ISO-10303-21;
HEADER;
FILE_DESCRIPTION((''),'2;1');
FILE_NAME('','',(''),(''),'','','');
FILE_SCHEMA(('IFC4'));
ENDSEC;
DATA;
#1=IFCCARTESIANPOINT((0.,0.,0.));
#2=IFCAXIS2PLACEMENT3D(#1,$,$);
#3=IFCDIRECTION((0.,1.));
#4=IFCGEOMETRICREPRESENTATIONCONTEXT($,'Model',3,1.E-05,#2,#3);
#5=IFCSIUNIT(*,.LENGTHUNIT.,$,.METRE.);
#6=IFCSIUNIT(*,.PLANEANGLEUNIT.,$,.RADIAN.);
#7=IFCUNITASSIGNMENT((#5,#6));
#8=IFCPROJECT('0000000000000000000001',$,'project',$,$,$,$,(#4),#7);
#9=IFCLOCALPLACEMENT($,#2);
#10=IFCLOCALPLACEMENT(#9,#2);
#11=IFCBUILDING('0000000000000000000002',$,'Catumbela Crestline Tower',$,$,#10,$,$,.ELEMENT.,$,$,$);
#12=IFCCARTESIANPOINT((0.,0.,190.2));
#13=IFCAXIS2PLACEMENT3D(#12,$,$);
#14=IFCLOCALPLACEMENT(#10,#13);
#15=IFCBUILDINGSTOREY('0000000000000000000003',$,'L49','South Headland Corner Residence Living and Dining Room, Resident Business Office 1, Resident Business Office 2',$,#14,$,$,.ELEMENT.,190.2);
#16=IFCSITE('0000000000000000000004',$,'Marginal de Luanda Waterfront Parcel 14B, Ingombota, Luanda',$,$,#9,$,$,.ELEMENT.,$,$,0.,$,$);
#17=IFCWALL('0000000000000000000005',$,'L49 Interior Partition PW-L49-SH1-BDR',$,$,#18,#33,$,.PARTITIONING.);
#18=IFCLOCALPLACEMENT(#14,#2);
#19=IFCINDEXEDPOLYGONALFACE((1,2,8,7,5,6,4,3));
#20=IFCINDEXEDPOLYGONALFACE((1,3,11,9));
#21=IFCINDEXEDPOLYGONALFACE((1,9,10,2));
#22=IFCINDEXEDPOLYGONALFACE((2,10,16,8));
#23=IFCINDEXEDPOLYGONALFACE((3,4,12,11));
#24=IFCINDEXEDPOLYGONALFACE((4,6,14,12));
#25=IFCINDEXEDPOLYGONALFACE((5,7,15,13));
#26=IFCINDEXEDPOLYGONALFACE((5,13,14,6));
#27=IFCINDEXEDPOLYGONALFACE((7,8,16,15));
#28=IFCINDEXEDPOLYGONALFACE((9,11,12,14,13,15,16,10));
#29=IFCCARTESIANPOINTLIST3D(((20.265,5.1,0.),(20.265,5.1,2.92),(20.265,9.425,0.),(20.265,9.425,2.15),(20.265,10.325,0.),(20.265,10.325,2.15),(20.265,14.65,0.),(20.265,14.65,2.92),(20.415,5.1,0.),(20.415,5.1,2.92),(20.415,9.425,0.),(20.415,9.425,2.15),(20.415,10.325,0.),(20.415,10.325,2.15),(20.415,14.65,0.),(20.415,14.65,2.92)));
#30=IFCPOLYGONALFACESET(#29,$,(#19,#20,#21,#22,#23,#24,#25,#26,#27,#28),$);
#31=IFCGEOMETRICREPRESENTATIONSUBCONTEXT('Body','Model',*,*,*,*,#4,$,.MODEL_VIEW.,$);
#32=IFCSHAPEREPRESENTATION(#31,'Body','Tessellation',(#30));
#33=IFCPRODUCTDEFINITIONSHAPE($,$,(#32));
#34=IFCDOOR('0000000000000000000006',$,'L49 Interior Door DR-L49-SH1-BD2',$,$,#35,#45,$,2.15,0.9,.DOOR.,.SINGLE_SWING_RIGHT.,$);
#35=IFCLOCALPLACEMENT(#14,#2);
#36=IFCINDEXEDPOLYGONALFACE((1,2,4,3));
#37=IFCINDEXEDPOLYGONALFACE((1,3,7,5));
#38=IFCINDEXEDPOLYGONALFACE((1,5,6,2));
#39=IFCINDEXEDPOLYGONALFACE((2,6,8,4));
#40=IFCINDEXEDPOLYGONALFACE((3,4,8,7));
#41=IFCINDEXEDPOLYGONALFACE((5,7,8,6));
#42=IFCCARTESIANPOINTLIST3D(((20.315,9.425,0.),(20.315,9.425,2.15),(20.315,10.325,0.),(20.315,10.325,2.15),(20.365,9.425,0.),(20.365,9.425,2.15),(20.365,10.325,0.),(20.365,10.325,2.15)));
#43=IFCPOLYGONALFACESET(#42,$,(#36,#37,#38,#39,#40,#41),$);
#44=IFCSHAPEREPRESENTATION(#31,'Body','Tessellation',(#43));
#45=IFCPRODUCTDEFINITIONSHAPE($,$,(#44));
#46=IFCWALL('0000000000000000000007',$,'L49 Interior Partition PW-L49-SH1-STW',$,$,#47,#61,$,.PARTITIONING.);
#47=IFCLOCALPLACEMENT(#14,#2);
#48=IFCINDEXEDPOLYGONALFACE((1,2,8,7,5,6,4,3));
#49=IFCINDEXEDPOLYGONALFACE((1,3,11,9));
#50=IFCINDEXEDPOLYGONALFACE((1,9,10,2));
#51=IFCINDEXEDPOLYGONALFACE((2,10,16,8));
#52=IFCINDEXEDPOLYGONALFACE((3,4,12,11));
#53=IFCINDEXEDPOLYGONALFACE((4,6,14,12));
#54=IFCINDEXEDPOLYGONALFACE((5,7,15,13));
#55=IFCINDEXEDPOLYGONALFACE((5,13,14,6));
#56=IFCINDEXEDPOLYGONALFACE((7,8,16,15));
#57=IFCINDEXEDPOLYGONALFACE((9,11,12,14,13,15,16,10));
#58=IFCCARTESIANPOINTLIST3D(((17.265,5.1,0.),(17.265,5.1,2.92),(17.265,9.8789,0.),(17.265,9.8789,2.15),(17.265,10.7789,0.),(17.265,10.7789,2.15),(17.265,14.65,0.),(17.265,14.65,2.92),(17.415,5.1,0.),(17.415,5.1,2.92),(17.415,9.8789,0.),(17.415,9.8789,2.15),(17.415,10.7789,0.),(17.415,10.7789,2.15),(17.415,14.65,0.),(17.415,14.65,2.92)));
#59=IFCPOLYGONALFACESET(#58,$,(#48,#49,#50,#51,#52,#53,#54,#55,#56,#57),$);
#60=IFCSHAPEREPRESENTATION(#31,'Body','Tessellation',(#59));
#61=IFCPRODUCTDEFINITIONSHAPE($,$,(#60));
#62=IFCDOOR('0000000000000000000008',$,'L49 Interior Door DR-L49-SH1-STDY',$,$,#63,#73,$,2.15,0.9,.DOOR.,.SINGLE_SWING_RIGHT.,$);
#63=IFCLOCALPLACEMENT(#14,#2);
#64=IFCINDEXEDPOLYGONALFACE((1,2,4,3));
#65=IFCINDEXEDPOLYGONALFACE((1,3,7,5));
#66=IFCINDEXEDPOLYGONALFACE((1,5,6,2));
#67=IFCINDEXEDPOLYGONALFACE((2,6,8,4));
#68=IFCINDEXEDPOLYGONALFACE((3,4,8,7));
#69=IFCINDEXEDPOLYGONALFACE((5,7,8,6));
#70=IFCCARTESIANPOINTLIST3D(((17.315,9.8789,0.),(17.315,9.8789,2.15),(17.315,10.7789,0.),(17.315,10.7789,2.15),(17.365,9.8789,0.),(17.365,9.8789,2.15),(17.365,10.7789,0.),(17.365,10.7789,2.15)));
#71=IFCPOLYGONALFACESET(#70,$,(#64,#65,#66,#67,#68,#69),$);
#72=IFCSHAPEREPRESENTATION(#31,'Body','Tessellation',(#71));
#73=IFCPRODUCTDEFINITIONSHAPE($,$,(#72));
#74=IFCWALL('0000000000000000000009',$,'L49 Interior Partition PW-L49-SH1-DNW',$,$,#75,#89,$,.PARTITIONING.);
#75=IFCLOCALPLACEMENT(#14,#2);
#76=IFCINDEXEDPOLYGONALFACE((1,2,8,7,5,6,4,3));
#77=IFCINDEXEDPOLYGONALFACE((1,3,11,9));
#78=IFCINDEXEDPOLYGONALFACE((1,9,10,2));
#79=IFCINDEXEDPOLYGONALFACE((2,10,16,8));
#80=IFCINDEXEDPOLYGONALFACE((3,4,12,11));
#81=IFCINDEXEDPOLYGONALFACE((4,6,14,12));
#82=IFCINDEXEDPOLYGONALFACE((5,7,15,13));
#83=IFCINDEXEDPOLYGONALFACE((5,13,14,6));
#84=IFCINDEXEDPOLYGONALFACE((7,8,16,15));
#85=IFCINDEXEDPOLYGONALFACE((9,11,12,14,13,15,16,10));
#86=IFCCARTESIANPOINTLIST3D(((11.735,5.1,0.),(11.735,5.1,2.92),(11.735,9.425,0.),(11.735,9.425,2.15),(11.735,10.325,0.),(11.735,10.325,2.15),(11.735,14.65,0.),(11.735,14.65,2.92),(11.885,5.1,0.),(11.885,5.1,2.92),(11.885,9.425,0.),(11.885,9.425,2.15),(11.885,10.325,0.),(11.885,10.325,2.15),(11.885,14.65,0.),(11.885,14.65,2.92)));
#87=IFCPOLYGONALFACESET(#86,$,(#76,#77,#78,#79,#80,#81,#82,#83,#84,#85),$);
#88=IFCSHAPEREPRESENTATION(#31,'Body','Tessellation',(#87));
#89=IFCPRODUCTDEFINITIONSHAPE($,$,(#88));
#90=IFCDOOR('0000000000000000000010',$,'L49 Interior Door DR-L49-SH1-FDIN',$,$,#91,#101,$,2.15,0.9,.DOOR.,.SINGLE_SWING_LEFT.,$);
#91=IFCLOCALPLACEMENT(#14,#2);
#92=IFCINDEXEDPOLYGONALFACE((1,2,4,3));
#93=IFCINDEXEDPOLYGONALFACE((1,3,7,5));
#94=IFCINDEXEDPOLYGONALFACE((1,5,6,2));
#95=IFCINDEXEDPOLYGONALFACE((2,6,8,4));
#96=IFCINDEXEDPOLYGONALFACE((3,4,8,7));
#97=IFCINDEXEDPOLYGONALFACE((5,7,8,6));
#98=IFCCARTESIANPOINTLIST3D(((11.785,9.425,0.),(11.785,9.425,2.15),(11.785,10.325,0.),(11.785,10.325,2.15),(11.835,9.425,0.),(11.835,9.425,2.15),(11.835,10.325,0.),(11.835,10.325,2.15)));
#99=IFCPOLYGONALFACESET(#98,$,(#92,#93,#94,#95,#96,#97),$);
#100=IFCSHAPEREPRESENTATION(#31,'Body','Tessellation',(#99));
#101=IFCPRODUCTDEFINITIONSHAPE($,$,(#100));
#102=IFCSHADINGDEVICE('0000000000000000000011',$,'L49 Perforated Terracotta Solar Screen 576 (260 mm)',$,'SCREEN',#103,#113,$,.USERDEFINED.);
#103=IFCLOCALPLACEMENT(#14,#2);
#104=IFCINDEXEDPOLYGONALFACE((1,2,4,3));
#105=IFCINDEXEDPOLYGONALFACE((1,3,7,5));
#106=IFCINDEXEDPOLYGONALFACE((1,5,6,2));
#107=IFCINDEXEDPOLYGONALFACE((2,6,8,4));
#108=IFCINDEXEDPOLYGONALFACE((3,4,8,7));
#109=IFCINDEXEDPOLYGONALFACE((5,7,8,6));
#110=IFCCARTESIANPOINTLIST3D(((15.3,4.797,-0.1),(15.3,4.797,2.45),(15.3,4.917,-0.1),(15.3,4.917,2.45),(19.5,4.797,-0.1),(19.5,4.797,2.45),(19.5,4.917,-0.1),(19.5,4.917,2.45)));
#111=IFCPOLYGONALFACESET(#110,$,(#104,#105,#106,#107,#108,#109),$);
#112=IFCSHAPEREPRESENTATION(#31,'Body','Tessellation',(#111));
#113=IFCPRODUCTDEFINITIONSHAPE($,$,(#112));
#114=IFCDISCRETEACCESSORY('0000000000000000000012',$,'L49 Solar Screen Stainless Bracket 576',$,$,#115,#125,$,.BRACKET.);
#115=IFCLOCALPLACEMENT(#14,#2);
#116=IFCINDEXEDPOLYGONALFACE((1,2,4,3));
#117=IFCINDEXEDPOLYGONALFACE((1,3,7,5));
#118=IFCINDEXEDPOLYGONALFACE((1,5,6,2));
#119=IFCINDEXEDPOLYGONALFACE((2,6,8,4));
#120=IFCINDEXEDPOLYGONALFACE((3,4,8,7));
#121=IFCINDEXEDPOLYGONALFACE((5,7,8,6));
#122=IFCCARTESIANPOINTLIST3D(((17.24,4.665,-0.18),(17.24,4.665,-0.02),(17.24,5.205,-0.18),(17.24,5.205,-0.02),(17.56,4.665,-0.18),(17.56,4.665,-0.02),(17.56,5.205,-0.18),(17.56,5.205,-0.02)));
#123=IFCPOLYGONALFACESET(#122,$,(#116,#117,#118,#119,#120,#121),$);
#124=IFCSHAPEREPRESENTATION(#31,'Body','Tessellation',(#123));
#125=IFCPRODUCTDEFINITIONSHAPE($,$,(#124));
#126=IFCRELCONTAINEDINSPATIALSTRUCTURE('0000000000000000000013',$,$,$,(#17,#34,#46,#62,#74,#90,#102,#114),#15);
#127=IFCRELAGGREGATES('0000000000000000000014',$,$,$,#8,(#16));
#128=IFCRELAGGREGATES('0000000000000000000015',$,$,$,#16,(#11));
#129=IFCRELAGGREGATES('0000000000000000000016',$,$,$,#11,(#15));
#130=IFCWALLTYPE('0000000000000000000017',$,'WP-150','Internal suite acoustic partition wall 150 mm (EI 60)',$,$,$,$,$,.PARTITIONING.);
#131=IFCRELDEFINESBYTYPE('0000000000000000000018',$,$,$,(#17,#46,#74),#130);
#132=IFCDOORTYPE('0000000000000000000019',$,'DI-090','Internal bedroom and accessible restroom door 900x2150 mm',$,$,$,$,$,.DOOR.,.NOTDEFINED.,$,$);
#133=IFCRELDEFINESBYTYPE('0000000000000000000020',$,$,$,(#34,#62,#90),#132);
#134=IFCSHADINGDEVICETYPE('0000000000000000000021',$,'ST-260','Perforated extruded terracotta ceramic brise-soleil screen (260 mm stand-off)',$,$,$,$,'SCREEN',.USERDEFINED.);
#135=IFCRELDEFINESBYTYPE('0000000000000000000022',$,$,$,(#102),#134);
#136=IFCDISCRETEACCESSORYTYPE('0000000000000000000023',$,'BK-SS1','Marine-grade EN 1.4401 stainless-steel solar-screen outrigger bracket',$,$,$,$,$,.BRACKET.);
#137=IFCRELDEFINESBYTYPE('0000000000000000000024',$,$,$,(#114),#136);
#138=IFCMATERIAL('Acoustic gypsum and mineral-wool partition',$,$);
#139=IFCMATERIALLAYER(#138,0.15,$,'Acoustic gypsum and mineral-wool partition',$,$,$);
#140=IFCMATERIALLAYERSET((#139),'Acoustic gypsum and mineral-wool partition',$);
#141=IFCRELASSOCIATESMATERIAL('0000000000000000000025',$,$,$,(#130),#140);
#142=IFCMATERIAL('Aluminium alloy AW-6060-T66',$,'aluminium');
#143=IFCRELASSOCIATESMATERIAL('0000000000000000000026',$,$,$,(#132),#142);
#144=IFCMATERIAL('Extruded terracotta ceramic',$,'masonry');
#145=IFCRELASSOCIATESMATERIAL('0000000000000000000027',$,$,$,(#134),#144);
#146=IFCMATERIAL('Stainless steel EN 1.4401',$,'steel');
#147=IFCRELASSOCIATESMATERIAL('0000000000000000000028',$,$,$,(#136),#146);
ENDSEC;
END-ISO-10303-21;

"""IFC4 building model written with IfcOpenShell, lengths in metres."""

from ifc_helpers import new_model, si_unit, direction, frame, frame_2d, origin, origin_2d, place, context, subcontext, project, spatial, rectangle, extrude, material, layer, layer_set, type_object, element, fill, save


model = new_model("IFC4")

# Units and contexts
model_context = context("Model", 3, precision=1e-05, world=origin(), true_north=direction((0.0, 1.0)))
body_context = subcontext(model_context, "Body", "Model", "MODEL_VIEW")
ifc_project = project(units=[si_unit("LENGTHUNIT", "METRE"), si_unit("PLANEANGLEUNIT", "RADIAN")], contexts=[model_context])

# Site, building, storey
site_placement = place(None, origin())
site = spatial("IfcSite", under=ifc_project, at=site_placement, Name="Marginal de Luanda Waterfront Parcel 14B, Ingombota, Luanda", CompositionType="ELEMENT", RefElevation=0.0)
building_placement = place(site_placement, origin())
building = spatial("IfcBuilding", under=site, at=building_placement, Name="Catumbela Crestline Tower", CompositionType="ELEMENT")
storey_placement = place(building_placement, frame((0.0, 0.0, 190.2)))
storey = spatial("IfcBuildingStorey", under=building, at=storey_placement, Name="L49", Description="South Headland Corner Residence Living and Dining Room, Resident Business Office 1, Resident Business Office 2", CompositionType="ELEMENT", Elevation=190.2)

# Shared definitions
ifc_material_1 = material(Name="Aluminium alloy AW-6060-T66", Category="aluminium")

# Walls, openings, doors
ifc_material_2 = material(Name="Acoustic gypsum and mineral-wool partition")
ifc_layer_1 = layer(ifc_material_2, 0.15, Name="Acoustic gypsum and mineral-wool partition")
ifc_layer_set_1 = layer_set([ifc_layer_1], Name="Acoustic gypsum and mineral-wool partition")
wall_type_1 = type_object("IfcWallType", Name="WP-150", Description="Internal suite acoustic partition wall 150 mm (EI 60)", PredefinedType="PARTITIONING", material=ifc_layer_set_1)
door_type_1 = type_object("IfcDoorType", Name="DI-090", Description="Internal bedroom and accessible restroom door 900x2150 mm", OperationType="NOTDEFINED", PredefinedType="DOOR", material=ifc_material_1)
wall_1_placement = place(storey_placement, frame((20.34, 5.1, 0.0), z_axis=(0.0, 0.0, 1.0), x_axis=(0.0, 1.0, 0.0)))
wall_1 = element("IfcWall", 1, at=wall_1_placement, inside=storey, type_object=wall_type_1, Name="L49 Interior Partition PW-L49-SH1-BDR", PredefinedType="PARTITIONING", context=body_context, shape_type="SweptSolid", body=[
    extrude(rectangle(XDim=9.55, YDim=0.15, at=frame_2d((4.775, 0.0))), origin(), (0.0, 0.0, 1.0), 2.92),
])
opening_1_placement = place(wall_1_placement, frame((4.325, 0.0, 0.0)))
opening_1 = element("IfcOpeningElement", 2, at=opening_1_placement, cuts=wall_1, PredefinedType="OPENING", context=body_context, shape_type="SweptSolid", body=[
    extrude(rectangle(XDim=0.9, YDim=2.15, at=frame_2d((0.45, 1.075))), frame((0.0, 0.085, 0.0), z_axis=(0.0, -1.0, 0.0), x_axis=(1.0, 0.0, 0.0)), (0.0, 0.0, 1.0), 0.17),
])
door_1_placement = place(opening_1_placement, origin())
door_1 = element("IfcDoor", 3, at=door_1_placement, inside=storey, type_object=door_type_1, Name="L49 Interior Door DR-L49-SH1-BD2", OperationType="SINGLE_SWING_RIGHT", OverallHeight=2.15, OverallWidth=0.9, PredefinedType="DOOR", context=body_context, shape_type="SweptSolid", body=[
    extrude(rectangle(XDim=0.9, YDim=2.15, at=frame_2d((0.45, 1.075))), frame((0.0, 0.025, 0.0), z_axis=(0.0, -1.0, 0.0), x_axis=(1.0, 0.0, 0.0)), (0.0, 0.0, 1.0), 0.05),
])
fill(opening_1, door_1)
wall_2_placement = place(storey_placement, frame((17.34, 5.1, 0.0), z_axis=(0.0, 0.0, 1.0), x_axis=(0.0, 1.0, 0.0)))
wall_2 = element("IfcWall", 4, at=wall_2_placement, inside=storey, type_object=wall_type_1, Name="L49 Interior Partition PW-L49-SH1-STW", PredefinedType="PARTITIONING", context=body_context, shape_type="SweptSolid", body=[
    extrude(rectangle(XDim=9.55, YDim=0.15, at=frame_2d((4.775, 0.0))), origin(), (0.0, 0.0, 1.0), 2.92),
])
opening_2_placement = place(wall_2_placement, frame((4.7789, 0.0, 0.0)))
opening_2 = element("IfcOpeningElement", 5, at=opening_2_placement, cuts=wall_2, PredefinedType="OPENING", context=body_context, shape_type="SweptSolid", body=[
    extrude(rectangle(XDim=0.9, YDim=2.15, at=frame_2d((0.45, 1.075))), frame((0.0, 0.085, 0.0), z_axis=(0.0, -1.0, 0.0), x_axis=(1.0, 0.0, 0.0)), (0.0, 0.0, 1.0), 0.17),
])
door_2_placement = place(opening_2_placement, origin())
door_2 = element("IfcDoor", 6, at=door_2_placement, inside=storey, type_object=door_type_1, Name="L49 Interior Door DR-L49-SH1-STDY", OperationType="SINGLE_SWING_RIGHT", OverallHeight=2.15, OverallWidth=0.9, PredefinedType="DOOR", context=body_context, shape_type="SweptSolid", body=[
    extrude(rectangle(XDim=0.9, YDim=2.15, at=frame_2d((0.45, 1.075))), frame((0.0, 0.025, 0.0), z_axis=(0.0, -1.0, 0.0), x_axis=(1.0, 0.0, 0.0)), (0.0, 0.0, 1.0), 0.05),
])
fill(opening_2, door_2)
wall_3_placement = place(storey_placement, frame((11.81, 5.1, 0.0), z_axis=(0.0, 0.0, 1.0), x_axis=(0.0, 1.0, 0.0)))
wall_3 = element("IfcWall", 7, at=wall_3_placement, inside=storey, type_object=wall_type_1, Name="L49 Interior Partition PW-L49-SH1-DNW", PredefinedType="PARTITIONING", context=body_context, shape_type="SweptSolid", body=[
    extrude(rectangle(XDim=9.55, YDim=0.15, at=frame_2d((4.775, 0.0))), origin(), (0.0, 0.0, 1.0), 2.92),
])
opening_3_placement = place(wall_3_placement, frame((4.325, 0.0, 0.0)))
opening_3 = element("IfcOpeningElement", 8, at=opening_3_placement, cuts=wall_3, PredefinedType="OPENING", context=body_context, shape_type="SweptSolid", body=[
    extrude(rectangle(XDim=0.9, YDim=2.15, at=frame_2d((0.45, 1.075))), frame((0.0, 0.085, 0.0), z_axis=(0.0, -1.0, 0.0), x_axis=(1.0, 0.0, 0.0)), (0.0, 0.0, 1.0), 0.17),
])
door_3_placement = place(opening_3_placement, origin())
door_3 = element("IfcDoor", 9, at=door_3_placement, inside=storey, type_object=door_type_1, Name="L49 Interior Door DR-L49-SH1-FDIN", OperationType="SINGLE_SWING_LEFT", OverallHeight=2.15, OverallWidth=0.9, PredefinedType="DOOR", context=body_context, shape_type="SweptSolid", body=[
    extrude(rectangle(XDim=0.9, YDim=2.15, at=frame_2d((0.45, 1.075))), frame((0.0, 0.025, 0.0), z_axis=(0.0, -1.0, 0.0), x_axis=(1.0, 0.0, 0.0)), (0.0, 0.0, 1.0), 0.05),
])
fill(opening_3, door_3)

# Shared definitions
ifc_material_3 = material(Name="Stainless steel EN 1.4401", Category="steel")

# Shading device
ifc_material_4 = material(Name="Extruded terracotta ceramic", Category="masonry")
shading_device_type = type_object("IfcShadingDeviceType", Name="ST-260", Description="Perforated extruded terracotta ceramic brise-soleil screen (260 mm stand-off)", ElementType="SCREEN", PredefinedType="USERDEFINED", material=ifc_material_4)
shading_device_placement = place(storey_placement, frame((17.4, 4.857, -0.1), z_axis=(0.0, 0.0, 1.0), x_axis=(1.0, 0.0, 0.0)))
element("IfcShadingDevice", 10, at=shading_device_placement, inside=storey, type_object=shading_device_type, Name="L49 Perforated Terracotta Solar Screen 576 (260 mm)", ObjectType="SCREEN", PredefinedType="USERDEFINED", context=body_context, shape_type="SweptSolid", body=[
    extrude(rectangle(XDim=4.2, YDim=0.12, at=origin_2d()), origin(), (0.0, 0.0, 1.0), 2.55),
])

# Discrete accessory
discrete_accessory_type = type_object("IfcDiscreteAccessoryType", Name="BK-SS1", Description="Marine-grade EN 1.4401 stainless-steel solar-screen outrigger bracket", PredefinedType="BRACKET", material=ifc_material_3)
discrete_accessory_placement = place(storey_placement, frame((17.4, 4.935, -0.18), z_axis=(0.0, 0.0, 1.0), x_axis=(1.0, 0.0, 0.0)))
element("IfcDiscreteAccessory", 11, at=discrete_accessory_placement, inside=storey, type_object=discrete_accessory_type, Name="L49 Solar Screen Stainless Bracket 576", PredefinedType="BRACKET", context=body_context, shape_type="SweptSolid", body=[
    extrude(rectangle(XDim=0.32, YDim=0.54, at=origin_2d()), origin(), (0.0, 0.0, 1.0), 0.16),
])

save(model, "model.ifc")
